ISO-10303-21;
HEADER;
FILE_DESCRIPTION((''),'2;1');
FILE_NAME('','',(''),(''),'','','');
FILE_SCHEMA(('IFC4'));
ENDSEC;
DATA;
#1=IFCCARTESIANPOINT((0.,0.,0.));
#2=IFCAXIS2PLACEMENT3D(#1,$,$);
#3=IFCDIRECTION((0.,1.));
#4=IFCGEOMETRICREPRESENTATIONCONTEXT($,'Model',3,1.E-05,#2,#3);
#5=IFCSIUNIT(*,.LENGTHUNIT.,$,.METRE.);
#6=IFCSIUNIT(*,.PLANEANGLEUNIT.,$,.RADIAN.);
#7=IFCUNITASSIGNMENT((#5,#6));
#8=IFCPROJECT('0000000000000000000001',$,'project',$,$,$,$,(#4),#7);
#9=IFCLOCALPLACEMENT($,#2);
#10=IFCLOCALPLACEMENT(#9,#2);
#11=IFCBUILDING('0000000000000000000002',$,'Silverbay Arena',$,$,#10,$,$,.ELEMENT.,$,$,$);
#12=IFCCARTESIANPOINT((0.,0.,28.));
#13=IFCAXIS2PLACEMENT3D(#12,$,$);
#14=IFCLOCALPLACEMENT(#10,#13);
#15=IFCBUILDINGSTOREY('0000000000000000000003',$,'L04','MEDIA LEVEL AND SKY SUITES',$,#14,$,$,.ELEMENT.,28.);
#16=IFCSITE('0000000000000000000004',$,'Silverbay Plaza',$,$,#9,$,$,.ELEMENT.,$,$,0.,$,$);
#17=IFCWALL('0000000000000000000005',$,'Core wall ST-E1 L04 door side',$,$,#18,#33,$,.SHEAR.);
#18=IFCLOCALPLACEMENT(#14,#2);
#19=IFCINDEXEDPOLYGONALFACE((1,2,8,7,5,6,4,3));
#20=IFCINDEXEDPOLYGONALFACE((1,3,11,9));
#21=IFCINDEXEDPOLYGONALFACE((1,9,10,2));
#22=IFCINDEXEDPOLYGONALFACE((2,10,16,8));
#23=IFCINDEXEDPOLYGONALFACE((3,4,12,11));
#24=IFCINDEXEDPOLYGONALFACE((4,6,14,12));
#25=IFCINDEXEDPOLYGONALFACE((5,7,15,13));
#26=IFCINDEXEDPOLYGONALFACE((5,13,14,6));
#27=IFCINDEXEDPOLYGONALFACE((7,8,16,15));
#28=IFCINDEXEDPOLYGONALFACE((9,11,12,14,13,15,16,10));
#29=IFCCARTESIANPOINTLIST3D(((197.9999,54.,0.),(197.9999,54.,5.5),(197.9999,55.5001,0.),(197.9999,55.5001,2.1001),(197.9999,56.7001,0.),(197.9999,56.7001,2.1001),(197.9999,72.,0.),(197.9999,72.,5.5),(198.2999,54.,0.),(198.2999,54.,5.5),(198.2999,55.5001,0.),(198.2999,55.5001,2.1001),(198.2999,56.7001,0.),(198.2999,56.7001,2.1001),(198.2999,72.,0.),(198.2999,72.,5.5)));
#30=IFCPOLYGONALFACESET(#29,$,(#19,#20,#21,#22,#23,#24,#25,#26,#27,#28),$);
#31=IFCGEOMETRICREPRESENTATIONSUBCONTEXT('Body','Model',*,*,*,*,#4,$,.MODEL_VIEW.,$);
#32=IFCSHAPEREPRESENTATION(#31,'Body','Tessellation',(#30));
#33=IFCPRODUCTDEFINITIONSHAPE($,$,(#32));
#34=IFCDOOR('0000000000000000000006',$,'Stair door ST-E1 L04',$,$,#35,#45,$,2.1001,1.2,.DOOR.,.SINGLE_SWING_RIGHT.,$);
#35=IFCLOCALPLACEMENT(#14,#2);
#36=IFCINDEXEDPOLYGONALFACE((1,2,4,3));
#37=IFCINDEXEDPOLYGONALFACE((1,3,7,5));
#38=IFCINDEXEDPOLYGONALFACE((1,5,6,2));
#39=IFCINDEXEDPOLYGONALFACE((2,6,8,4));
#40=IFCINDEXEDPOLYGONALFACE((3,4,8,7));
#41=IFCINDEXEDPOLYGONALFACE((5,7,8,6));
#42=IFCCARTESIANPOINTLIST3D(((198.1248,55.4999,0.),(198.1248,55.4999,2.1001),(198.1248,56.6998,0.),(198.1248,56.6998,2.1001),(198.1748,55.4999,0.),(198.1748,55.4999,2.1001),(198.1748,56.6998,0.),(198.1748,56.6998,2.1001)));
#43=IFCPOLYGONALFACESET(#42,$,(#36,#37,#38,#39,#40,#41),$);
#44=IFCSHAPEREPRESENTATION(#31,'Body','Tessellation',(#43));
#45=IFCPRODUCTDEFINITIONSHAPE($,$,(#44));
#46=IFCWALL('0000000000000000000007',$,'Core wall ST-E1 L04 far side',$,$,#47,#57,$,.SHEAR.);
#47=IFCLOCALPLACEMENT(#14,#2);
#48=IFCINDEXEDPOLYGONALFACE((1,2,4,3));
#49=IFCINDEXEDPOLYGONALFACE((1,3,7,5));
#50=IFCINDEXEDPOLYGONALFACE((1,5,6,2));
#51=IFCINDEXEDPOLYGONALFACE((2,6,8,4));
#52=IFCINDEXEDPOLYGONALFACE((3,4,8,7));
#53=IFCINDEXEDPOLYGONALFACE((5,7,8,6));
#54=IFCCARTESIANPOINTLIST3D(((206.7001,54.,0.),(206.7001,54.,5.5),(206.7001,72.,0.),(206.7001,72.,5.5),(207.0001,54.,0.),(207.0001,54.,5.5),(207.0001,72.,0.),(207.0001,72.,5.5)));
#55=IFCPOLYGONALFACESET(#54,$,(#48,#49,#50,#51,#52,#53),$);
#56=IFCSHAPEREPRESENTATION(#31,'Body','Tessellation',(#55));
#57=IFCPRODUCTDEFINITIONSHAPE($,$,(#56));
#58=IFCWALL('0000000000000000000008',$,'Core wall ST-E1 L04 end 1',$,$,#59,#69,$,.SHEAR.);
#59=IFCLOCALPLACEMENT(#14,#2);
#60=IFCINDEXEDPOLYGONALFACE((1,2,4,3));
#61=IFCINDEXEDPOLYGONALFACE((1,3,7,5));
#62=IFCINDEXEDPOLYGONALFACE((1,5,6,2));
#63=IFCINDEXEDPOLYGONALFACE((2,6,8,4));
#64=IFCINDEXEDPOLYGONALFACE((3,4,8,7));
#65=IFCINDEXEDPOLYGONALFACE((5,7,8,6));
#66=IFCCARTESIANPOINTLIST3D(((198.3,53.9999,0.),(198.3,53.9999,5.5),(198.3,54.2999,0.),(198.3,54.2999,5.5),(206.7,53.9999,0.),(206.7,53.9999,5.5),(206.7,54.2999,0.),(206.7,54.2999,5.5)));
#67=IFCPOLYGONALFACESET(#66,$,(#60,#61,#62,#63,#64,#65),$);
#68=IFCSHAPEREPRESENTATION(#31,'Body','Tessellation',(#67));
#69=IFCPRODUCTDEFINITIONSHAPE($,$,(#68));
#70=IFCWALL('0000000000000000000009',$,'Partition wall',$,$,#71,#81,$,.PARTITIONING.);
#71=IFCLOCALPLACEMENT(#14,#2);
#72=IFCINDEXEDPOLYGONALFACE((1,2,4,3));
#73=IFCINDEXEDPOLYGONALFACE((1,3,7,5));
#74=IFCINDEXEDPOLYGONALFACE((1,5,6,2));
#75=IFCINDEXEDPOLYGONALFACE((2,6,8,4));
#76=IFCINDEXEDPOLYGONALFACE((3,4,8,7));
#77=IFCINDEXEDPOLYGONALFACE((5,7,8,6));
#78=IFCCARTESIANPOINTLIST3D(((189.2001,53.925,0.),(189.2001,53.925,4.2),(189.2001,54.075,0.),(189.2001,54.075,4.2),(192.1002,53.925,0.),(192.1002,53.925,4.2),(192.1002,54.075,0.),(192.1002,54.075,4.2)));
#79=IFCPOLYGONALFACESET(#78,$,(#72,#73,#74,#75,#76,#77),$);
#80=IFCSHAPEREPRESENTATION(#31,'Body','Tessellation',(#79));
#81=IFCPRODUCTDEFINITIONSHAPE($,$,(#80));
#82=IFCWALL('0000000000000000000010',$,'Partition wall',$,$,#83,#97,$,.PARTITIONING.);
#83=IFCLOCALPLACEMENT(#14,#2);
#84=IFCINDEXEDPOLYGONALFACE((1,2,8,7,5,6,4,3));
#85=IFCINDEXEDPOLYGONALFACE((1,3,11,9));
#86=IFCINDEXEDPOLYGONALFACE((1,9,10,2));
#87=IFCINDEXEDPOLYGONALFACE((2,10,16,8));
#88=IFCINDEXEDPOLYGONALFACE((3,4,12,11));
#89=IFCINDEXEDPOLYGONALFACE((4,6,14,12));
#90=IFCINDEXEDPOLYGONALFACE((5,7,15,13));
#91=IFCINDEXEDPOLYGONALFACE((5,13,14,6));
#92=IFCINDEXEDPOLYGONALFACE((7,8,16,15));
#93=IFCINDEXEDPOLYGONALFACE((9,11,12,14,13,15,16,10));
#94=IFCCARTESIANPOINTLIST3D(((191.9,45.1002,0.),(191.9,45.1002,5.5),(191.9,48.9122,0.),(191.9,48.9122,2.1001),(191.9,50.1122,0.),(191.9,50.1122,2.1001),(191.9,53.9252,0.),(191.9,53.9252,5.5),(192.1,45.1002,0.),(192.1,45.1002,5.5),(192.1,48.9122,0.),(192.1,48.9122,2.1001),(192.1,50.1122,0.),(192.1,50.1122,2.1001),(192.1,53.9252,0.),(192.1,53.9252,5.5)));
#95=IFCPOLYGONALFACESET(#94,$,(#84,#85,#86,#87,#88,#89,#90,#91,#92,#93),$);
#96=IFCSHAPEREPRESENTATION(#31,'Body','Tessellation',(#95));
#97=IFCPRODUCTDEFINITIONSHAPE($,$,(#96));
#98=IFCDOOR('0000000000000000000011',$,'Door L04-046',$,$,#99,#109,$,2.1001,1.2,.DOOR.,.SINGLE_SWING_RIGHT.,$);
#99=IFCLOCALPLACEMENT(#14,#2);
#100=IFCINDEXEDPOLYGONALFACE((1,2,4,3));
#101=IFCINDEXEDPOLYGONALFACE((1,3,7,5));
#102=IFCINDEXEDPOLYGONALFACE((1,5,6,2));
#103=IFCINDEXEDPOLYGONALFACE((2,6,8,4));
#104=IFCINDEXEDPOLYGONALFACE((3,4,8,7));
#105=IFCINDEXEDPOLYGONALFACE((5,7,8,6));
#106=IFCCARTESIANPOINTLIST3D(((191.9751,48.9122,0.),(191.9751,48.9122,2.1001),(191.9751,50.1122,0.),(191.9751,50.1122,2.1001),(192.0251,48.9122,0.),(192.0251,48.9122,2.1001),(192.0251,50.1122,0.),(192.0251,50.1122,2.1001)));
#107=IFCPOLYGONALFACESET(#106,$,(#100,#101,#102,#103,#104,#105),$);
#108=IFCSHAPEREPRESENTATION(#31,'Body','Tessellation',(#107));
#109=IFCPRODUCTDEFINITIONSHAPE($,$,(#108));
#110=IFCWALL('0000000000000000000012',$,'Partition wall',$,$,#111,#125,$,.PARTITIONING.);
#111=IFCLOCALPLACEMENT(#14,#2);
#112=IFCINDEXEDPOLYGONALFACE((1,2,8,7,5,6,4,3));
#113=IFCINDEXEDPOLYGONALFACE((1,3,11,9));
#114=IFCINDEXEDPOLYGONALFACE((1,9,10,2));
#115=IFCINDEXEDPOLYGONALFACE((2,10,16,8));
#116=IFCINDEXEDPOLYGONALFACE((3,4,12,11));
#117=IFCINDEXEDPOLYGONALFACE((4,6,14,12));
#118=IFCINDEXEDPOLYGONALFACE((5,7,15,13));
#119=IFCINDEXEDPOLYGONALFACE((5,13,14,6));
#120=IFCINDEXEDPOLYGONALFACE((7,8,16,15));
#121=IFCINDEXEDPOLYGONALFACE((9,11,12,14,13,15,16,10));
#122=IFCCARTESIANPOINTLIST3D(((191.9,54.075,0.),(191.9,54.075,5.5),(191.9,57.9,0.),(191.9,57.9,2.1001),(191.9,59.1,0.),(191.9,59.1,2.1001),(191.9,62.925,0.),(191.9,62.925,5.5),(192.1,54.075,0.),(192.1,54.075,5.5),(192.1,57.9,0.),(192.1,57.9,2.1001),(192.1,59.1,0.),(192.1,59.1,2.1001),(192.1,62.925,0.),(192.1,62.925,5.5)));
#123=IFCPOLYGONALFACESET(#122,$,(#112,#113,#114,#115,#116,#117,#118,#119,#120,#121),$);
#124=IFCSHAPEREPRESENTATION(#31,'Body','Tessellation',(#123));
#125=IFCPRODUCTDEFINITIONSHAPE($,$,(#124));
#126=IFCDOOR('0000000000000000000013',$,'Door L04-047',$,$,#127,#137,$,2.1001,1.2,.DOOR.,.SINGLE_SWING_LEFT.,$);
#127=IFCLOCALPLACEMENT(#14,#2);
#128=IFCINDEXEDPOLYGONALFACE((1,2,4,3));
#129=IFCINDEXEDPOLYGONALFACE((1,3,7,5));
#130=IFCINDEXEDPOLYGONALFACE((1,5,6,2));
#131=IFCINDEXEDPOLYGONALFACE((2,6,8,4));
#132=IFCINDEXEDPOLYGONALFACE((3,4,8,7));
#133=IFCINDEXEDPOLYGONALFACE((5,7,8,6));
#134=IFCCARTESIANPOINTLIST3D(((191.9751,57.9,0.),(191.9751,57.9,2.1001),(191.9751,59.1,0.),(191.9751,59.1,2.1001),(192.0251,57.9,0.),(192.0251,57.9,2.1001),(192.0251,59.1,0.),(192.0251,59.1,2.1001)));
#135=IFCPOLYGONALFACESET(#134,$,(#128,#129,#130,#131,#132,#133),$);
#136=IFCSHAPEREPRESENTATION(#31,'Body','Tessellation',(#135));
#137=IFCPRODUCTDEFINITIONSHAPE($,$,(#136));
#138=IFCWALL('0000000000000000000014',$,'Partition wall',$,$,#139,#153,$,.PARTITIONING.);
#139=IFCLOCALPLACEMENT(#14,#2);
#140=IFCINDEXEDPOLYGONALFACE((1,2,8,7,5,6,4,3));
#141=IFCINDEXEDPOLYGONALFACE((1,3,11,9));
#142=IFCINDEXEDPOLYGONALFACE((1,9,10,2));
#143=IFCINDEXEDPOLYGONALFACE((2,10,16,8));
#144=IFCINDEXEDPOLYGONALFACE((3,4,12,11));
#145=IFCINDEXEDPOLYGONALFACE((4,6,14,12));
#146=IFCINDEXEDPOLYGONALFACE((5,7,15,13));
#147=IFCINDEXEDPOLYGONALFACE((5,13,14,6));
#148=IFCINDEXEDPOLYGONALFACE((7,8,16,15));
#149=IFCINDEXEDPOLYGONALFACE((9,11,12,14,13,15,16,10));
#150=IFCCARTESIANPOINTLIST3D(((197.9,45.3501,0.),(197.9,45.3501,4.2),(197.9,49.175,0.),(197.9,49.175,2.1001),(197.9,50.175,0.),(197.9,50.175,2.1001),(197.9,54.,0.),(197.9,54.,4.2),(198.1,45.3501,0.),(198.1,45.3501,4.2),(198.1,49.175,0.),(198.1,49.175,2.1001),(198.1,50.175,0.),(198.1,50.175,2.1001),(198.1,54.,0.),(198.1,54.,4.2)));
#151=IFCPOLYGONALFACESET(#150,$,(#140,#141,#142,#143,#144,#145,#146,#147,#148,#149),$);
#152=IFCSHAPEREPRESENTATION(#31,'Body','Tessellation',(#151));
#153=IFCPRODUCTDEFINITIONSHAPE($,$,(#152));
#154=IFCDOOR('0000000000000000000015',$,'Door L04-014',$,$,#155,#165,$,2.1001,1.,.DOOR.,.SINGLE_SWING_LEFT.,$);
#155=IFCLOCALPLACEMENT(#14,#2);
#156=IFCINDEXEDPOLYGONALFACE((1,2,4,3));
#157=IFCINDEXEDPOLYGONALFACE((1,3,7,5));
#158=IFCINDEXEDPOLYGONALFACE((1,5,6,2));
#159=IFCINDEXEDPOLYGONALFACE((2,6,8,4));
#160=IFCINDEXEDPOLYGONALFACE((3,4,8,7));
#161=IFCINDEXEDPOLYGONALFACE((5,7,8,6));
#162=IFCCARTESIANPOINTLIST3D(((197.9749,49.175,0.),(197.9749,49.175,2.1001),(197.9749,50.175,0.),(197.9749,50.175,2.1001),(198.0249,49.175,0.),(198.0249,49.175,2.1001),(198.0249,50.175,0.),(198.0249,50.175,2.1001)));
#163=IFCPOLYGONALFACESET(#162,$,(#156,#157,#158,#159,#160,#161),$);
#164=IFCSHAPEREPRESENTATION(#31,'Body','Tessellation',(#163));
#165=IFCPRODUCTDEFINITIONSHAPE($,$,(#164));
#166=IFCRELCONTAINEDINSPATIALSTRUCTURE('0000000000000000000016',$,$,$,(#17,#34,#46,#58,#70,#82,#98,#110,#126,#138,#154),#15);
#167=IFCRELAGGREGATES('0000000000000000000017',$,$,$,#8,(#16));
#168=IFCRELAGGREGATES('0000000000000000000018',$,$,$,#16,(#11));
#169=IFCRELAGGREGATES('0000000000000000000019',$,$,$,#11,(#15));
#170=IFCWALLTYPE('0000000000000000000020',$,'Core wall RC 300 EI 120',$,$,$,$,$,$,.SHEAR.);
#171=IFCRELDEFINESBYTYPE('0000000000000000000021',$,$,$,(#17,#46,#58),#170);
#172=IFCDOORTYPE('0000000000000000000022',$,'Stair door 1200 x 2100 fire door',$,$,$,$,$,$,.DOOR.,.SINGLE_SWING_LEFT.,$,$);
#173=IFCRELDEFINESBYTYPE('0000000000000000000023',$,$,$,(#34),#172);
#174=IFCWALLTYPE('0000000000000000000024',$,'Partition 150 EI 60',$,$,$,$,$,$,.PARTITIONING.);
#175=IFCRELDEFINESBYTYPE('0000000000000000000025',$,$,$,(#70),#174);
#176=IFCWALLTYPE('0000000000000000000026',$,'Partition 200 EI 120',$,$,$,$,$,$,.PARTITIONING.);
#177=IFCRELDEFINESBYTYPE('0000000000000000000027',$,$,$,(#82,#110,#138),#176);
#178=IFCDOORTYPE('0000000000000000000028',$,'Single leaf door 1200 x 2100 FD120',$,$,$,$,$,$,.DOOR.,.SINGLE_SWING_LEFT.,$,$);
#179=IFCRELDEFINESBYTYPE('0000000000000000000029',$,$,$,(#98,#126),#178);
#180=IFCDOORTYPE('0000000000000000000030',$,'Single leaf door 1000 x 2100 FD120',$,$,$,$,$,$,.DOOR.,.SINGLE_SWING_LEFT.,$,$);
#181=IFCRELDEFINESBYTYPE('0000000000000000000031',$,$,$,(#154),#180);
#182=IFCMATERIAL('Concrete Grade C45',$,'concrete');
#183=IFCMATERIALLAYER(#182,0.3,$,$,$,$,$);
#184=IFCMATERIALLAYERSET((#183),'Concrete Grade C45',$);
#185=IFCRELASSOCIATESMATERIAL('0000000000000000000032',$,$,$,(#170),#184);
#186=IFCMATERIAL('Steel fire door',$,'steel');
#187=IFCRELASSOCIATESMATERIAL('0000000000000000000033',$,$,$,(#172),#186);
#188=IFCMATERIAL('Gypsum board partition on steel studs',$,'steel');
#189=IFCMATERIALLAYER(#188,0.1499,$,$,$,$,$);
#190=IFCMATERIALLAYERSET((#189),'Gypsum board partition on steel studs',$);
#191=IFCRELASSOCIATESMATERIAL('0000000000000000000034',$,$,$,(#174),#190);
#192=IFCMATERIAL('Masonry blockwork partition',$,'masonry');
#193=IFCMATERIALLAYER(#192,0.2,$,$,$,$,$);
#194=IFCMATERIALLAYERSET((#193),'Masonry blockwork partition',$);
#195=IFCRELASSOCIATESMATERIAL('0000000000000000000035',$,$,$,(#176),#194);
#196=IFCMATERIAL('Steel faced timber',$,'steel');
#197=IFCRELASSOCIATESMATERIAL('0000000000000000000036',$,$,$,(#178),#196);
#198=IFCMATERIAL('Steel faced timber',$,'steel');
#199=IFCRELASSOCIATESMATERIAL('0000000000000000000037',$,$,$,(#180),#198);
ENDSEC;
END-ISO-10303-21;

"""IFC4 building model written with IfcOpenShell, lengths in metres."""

from ifc_helpers import new_model, si_unit, direction, frame, frame_2d, origin, place, context, subcontext, project, spatial, rectangle, extrude, material, layer, layer_set, type_object, element, fill, save


model = new_model("IFC4")

# Units and contexts
model_context = context("Model", 3, precision=1e-05, world=origin(), true_north=direction((0.0, 1.0)))
body_context = subcontext(model_context, "Body", "Model", "MODEL_VIEW")
ifc_project = project(units=[si_unit("LENGTHUNIT", "METRE"), si_unit("PLANEANGLEUNIT", "RADIAN")], contexts=[model_context])

# Site, building, storey
site_placement = place(None, origin())
site = spatial("IfcSite", under=ifc_project, at=site_placement, Name="Silverbay Plaza", CompositionType="ELEMENT", RefElevation=0.0)
building_placement = place(site_placement, origin())
building = spatial("IfcBuilding", under=site, at=building_placement, Name="Silverbay Arena", CompositionType="ELEMENT")
storey_placement = place(building_placement, frame((0.0, 0.0, 28.0)))
storey = spatial("IfcBuildingStorey", under=building, at=storey_placement, Name="L04", Description="MEDIA LEVEL AND SKY SUITES", CompositionType="ELEMENT", Elevation=28.0)

# Wall, opening, door
ifc_material_1 = material(Name="Concrete Grade C45", Category="concrete")
ifc_layer_1 = layer(ifc_material_1, 0.3)
ifc_layer_set_1 = layer_set([ifc_layer_1], Name="Concrete Grade C45")
wall_type_1 = type_object("IfcWallType", Name="Core wall RC 300 EI 120", PredefinedType="SHEAR", material=ifc_layer_set_1)
wall_1_placement = place(storey_placement, frame((198.1499, 54.0, 0.0), z_axis=(0.0, 0.0, 1.0), x_axis=(0.0, 1.0, 0.0)))
wall_1 = element("IfcWall", 1, at=wall_1_placement, inside=storey, type_object=wall_type_1, Name="Core wall ST-E1 L04 door side", PredefinedType="SHEAR", context=body_context, shape_type="SweptSolid", body=[
    extrude(rectangle(XDim=18.0, YDim=0.3, at=frame_2d((9.0, 0.0))), origin(), (0.0, 0.0, 1.0), 5.5),
])
opening_1_placement = place(wall_1_placement, frame((1.5, 0.0, 0.0)))
opening_1 = element("IfcOpeningElement", 2, at=opening_1_placement, cuts=wall_1, PredefinedType="OPENING", context=body_context, shape_type="SweptSolid", body=[
    extrude(rectangle(XDim=1.2, YDim=2.1001, at=frame_2d((0.6001, 1.05))), frame((0.0, 0.1602, 0.0), z_axis=(0.0, -1.0, 0.0), x_axis=(1.0, 0.0, 0.0)), (0.0, 0.0, 1.0), 0.3201),
])
ifc_material_2 = material(Name="Steel fire door", Category="steel")
door_type_1 = type_object("IfcDoorType", Name="Stair door 1200 x 2100 fire door", OperationType="SINGLE_SWING_LEFT", PredefinedType="DOOR", material=ifc_material_2)
door_1_placement = place(opening_1_placement, frame((1.2, 0.0, 0.0), z_axis=(0.0, 0.0, 1.0), x_axis=(-1.0, 0.0, 0.0)))
door_1 = element("IfcDoor", 3, at=door_1_placement, inside=storey, type_object=door_type_1, Name="Stair door ST-E1 L04", OperationType="SINGLE_SWING_RIGHT", OverallHeight=2.1001, OverallWidth=1.2, PredefinedType="DOOR", context=body_context, shape_type="SweptSolid", body=[
    extrude(rectangle(XDim=1.2, YDim=2.1001, at=frame_2d((0.6001, 1.05))), frame((0.0, 0.0249, 0.0), z_axis=(0.0, -1.0, 0.0), x_axis=(1.0, 0.0, 0.0)), (0.0, 0.0, 1.0), 0.05),
])
fill(opening_1, door_1)

# Walls
wall_2_placement = place(storey_placement, frame((206.8501, 54.0, 0.0), z_axis=(0.0, 0.0, 1.0), x_axis=(0.0, 1.0, 0.0)))
element("IfcWall", 4, at=wall_2_placement, inside=storey, type_object=wall_type_1, Name="Core wall ST-E1 L04 far side", PredefinedType="SHEAR", context=body_context, shape_type="SweptSolid", body=[
    extrude(rectangle(XDim=18.0, YDim=0.3, at=frame_2d((9.0, 0.0))), origin(), (0.0, 0.0, 1.0), 5.5),
])
wall_3_placement = place(storey_placement, frame((198.3, 54.1499, 0.0), z_axis=(0.0, 0.0, 1.0), x_axis=(1.0, 0.0, 0.0)))
element("IfcWall", 5, at=wall_3_placement, inside=storey, type_object=wall_type_1, Name="Core wall ST-E1 L04 end 1", PredefinedType="SHEAR", context=body_context, shape_type="SweptSolid", body=[
    extrude(rectangle(XDim=8.3999, YDim=0.3, at=frame_2d((4.2, 0.0))), origin(), (0.0, 0.0, 1.0), 5.5),
])
ifc_material_3 = material(Name="Gypsum board partition on steel studs", Category="steel")
ifc_layer_2 = layer(ifc_material_3, 0.1499)
ifc_layer_set_2 = layer_set([ifc_layer_2], Name="Gypsum board partition on steel studs")
wall_type_2 = type_object("IfcWallType", Name="Partition 150 EI 60", PredefinedType="PARTITIONING", material=ifc_layer_set_2)
wall_4_placement = place(storey_placement, frame((189.2, 54.0, 0.0), z_axis=(0.0, 0.0, 1.0), x_axis=(1.0, 0.0, 0.0)))
element("IfcWall", 6, at=wall_4_placement, inside=storey, type_object=wall_type_2, Name="Partition wall", PredefinedType="PARTITIONING", context=body_context, shape_type="SweptSolid", body=[
    extrude(rectangle(XDim=2.9001, YDim=0.1499, at=frame_2d((1.4502, 0.0))), origin(), (0.0, 0.0, 1.0), 4.2),
])

# Walls, openings, doors
ifc_material_4 = material(Name="Masonry blockwork partition", Category="masonry")
ifc_layer_3 = layer(ifc_material_4, 0.2)
ifc_layer_set_3 = layer_set([ifc_layer_3], Name="Masonry blockwork partition")
wall_type_3 = type_object("IfcWallType", Name="Partition 200 EI 120", PredefinedType="PARTITIONING", material=ifc_layer_set_3)
wall_5_placement = place(storey_placement, frame((192.0, 45.1001, 0.0), z_axis=(0.0, 0.0, 1.0), x_axis=(0.0, 1.0, 0.0)))
wall_5 = element("IfcWall", 7, at=wall_5_placement, inside=storey, type_object=wall_type_3, Name="Partition wall", PredefinedType="PARTITIONING", context=body_context, shape_type="SweptSolid", body=[
    extrude(rectangle(XDim=8.825, YDim=0.2, at=frame_2d((4.4126, 0.0))), origin(), (0.0, 0.0, 1.0), 5.5),
])
opening_2_placement = place(wall_5_placement, frame((3.812, 0.0, 0.0)))
opening_2 = element("IfcOpeningElement", 8, at=opening_2_placement, cuts=wall_5, PredefinedType="OPENING", context=body_context, shape_type="SweptSolid", body=[
    extrude(rectangle(XDim=1.2, YDim=2.1001, at=frame_2d((0.6001, 1.05))), frame((0.0, 0.1099, 0.0), z_axis=(0.0, -1.0, 0.0), x_axis=(1.0, 0.0, 0.0)), (0.0, 0.0, 1.0), 0.22),
])
ifc_material_5 = material(Name="Steel faced timber", Category="steel")
door_type_2 = type_object("IfcDoorType", Name="Single leaf door 1200 x 2100 FD120", OperationType="SINGLE_SWING_LEFT", PredefinedType="DOOR", material=ifc_material_5)
door_2_placement = place(opening_2_placement, origin())
door_2 = element("IfcDoor", 9, at=door_2_placement, inside=storey, type_object=door_type_2, Name="Door L04-046", OperationType="SINGLE_SWING_RIGHT", OverallHeight=2.1001, OverallWidth=1.2, PredefinedType="DOOR", context=body_context, shape_type="SweptSolid", body=[
    extrude(rectangle(XDim=1.2, YDim=2.1001, at=frame_2d((0.6001, 1.05))), frame((0.0, 0.0249, 0.0), z_axis=(0.0, -1.0, 0.0), x_axis=(1.0, 0.0, 0.0)), (0.0, 0.0, 1.0), 0.05),
])
fill(opening_2, door_2)
wall_6_placement = place(storey_placement, frame((192.0, 54.075, 0.0), z_axis=(0.0, 0.0, 1.0), x_axis=(0.0, 1.0, 0.0)))
wall_6 = element("IfcWall", 10, at=wall_6_placement, inside=storey, type_object=wall_type_3, Name="Partition wall", PredefinedType="PARTITIONING", context=body_context, shape_type="SweptSolid", body=[
    extrude(rectangle(XDim=8.8501, YDim=0.2, at=frame_2d((4.425, 0.0))), origin(), (0.0, 0.0, 1.0), 5.5),
])
opening_3_placement = place(wall_6_placement, frame((3.825, 0.0, 0.0)))
opening_3 = element("IfcOpeningElement", 11, at=opening_3_placement, cuts=wall_6, PredefinedType="OPENING", context=body_context, shape_type="SweptSolid", body=[
    extrude(rectangle(XDim=1.2, YDim=2.1001, at=frame_2d((0.6001, 1.05))), frame((0.0, 0.1099, 0.0), z_axis=(0.0, -1.0, 0.0), x_axis=(1.0, 0.0, 0.0)), (0.0, 0.0, 1.0), 0.22),
])
door_3_placement = place(opening_3_placement, origin())
door_3 = element("IfcDoor", 12, at=door_3_placement, inside=storey, type_object=door_type_2, Name="Door L04-047", OperationType="SINGLE_SWING_LEFT", OverallHeight=2.1001, OverallWidth=1.2, PredefinedType="DOOR", context=body_context, shape_type="SweptSolid", body=[
    extrude(rectangle(XDim=1.2, YDim=2.1001, at=frame_2d((0.6001, 1.05))), frame((0.0, 0.0249, 0.0), z_axis=(0.0, -1.0, 0.0), x_axis=(1.0, 0.0, 0.0)), (0.0, 0.0, 1.0), 0.05),
])
fill(opening_3, door_3)
wall_7_placement = place(storey_placement, frame((198.0, 45.3501, 0.0), z_axis=(0.0, 0.0, 1.0), x_axis=(0.0, 1.0, 0.0)))
wall_7 = element("IfcWall", 13, at=wall_7_placement, inside=storey, type_object=wall_type_3, Name="Partition wall", PredefinedType="PARTITIONING", context=body_context, shape_type="SweptSolid", body=[
    extrude(rectangle(XDim=8.6499, YDim=0.2, at=frame_2d((4.325, 0.0))), origin(), (0.0, 0.0, 1.0), 4.2),
])
opening_4_placement = place(wall_7_placement, frame((3.825, 0.0, 0.0)))
opening_4 = element("IfcOpeningElement", 14, at=opening_4_placement, cuts=wall_7, PredefinedType="OPENING", context=body_context, shape_type="SweptSolid", body=[
    extrude(rectangle(XDim=1.0, YDim=2.1001, at=frame_2d((0.5, 1.05))), frame((0.0, 0.1099, 0.0), z_axis=(0.0, -1.0, 0.0), x_axis=(1.0, 0.0, 0.0)), (0.0, 0.0, 1.0), 0.22),
])
ifc_material_6 = material(Name="Steel faced timber", Category="steel")
door_type_3 = type_object("IfcDoorType", Name="Single leaf door 1000 x 2100 FD120", OperationType="SINGLE_SWING_LEFT", PredefinedType="DOOR", material=ifc_material_6)
door_4_placement = place(opening_4_placement, frame((1.0, 0.0, 0.0), z_axis=(0.0, 0.0, 1.0), x_axis=(-1.0, 0.0, 0.0)))
door_4 = element("IfcDoor", 15, at=door_4_placement, inside=storey, type_object=door_type_3, Name="Door L04-014", OperationType="SINGLE_SWING_LEFT", OverallHeight=2.1001, OverallWidth=1.0, PredefinedType="DOOR", context=body_context, shape_type="SweptSolid", body=[
    extrude(rectangle(XDim=1.0, YDim=2.1001, at=frame_2d((0.5, 1.05))), frame((0.0, 0.0249, 0.0), z_axis=(0.0, -1.0, 0.0), x_axis=(1.0, 0.0, 0.0)), (0.0, 0.0, 1.0), 0.05),
])
fill(opening_4, door_4)

save(model, "model.ifc")
